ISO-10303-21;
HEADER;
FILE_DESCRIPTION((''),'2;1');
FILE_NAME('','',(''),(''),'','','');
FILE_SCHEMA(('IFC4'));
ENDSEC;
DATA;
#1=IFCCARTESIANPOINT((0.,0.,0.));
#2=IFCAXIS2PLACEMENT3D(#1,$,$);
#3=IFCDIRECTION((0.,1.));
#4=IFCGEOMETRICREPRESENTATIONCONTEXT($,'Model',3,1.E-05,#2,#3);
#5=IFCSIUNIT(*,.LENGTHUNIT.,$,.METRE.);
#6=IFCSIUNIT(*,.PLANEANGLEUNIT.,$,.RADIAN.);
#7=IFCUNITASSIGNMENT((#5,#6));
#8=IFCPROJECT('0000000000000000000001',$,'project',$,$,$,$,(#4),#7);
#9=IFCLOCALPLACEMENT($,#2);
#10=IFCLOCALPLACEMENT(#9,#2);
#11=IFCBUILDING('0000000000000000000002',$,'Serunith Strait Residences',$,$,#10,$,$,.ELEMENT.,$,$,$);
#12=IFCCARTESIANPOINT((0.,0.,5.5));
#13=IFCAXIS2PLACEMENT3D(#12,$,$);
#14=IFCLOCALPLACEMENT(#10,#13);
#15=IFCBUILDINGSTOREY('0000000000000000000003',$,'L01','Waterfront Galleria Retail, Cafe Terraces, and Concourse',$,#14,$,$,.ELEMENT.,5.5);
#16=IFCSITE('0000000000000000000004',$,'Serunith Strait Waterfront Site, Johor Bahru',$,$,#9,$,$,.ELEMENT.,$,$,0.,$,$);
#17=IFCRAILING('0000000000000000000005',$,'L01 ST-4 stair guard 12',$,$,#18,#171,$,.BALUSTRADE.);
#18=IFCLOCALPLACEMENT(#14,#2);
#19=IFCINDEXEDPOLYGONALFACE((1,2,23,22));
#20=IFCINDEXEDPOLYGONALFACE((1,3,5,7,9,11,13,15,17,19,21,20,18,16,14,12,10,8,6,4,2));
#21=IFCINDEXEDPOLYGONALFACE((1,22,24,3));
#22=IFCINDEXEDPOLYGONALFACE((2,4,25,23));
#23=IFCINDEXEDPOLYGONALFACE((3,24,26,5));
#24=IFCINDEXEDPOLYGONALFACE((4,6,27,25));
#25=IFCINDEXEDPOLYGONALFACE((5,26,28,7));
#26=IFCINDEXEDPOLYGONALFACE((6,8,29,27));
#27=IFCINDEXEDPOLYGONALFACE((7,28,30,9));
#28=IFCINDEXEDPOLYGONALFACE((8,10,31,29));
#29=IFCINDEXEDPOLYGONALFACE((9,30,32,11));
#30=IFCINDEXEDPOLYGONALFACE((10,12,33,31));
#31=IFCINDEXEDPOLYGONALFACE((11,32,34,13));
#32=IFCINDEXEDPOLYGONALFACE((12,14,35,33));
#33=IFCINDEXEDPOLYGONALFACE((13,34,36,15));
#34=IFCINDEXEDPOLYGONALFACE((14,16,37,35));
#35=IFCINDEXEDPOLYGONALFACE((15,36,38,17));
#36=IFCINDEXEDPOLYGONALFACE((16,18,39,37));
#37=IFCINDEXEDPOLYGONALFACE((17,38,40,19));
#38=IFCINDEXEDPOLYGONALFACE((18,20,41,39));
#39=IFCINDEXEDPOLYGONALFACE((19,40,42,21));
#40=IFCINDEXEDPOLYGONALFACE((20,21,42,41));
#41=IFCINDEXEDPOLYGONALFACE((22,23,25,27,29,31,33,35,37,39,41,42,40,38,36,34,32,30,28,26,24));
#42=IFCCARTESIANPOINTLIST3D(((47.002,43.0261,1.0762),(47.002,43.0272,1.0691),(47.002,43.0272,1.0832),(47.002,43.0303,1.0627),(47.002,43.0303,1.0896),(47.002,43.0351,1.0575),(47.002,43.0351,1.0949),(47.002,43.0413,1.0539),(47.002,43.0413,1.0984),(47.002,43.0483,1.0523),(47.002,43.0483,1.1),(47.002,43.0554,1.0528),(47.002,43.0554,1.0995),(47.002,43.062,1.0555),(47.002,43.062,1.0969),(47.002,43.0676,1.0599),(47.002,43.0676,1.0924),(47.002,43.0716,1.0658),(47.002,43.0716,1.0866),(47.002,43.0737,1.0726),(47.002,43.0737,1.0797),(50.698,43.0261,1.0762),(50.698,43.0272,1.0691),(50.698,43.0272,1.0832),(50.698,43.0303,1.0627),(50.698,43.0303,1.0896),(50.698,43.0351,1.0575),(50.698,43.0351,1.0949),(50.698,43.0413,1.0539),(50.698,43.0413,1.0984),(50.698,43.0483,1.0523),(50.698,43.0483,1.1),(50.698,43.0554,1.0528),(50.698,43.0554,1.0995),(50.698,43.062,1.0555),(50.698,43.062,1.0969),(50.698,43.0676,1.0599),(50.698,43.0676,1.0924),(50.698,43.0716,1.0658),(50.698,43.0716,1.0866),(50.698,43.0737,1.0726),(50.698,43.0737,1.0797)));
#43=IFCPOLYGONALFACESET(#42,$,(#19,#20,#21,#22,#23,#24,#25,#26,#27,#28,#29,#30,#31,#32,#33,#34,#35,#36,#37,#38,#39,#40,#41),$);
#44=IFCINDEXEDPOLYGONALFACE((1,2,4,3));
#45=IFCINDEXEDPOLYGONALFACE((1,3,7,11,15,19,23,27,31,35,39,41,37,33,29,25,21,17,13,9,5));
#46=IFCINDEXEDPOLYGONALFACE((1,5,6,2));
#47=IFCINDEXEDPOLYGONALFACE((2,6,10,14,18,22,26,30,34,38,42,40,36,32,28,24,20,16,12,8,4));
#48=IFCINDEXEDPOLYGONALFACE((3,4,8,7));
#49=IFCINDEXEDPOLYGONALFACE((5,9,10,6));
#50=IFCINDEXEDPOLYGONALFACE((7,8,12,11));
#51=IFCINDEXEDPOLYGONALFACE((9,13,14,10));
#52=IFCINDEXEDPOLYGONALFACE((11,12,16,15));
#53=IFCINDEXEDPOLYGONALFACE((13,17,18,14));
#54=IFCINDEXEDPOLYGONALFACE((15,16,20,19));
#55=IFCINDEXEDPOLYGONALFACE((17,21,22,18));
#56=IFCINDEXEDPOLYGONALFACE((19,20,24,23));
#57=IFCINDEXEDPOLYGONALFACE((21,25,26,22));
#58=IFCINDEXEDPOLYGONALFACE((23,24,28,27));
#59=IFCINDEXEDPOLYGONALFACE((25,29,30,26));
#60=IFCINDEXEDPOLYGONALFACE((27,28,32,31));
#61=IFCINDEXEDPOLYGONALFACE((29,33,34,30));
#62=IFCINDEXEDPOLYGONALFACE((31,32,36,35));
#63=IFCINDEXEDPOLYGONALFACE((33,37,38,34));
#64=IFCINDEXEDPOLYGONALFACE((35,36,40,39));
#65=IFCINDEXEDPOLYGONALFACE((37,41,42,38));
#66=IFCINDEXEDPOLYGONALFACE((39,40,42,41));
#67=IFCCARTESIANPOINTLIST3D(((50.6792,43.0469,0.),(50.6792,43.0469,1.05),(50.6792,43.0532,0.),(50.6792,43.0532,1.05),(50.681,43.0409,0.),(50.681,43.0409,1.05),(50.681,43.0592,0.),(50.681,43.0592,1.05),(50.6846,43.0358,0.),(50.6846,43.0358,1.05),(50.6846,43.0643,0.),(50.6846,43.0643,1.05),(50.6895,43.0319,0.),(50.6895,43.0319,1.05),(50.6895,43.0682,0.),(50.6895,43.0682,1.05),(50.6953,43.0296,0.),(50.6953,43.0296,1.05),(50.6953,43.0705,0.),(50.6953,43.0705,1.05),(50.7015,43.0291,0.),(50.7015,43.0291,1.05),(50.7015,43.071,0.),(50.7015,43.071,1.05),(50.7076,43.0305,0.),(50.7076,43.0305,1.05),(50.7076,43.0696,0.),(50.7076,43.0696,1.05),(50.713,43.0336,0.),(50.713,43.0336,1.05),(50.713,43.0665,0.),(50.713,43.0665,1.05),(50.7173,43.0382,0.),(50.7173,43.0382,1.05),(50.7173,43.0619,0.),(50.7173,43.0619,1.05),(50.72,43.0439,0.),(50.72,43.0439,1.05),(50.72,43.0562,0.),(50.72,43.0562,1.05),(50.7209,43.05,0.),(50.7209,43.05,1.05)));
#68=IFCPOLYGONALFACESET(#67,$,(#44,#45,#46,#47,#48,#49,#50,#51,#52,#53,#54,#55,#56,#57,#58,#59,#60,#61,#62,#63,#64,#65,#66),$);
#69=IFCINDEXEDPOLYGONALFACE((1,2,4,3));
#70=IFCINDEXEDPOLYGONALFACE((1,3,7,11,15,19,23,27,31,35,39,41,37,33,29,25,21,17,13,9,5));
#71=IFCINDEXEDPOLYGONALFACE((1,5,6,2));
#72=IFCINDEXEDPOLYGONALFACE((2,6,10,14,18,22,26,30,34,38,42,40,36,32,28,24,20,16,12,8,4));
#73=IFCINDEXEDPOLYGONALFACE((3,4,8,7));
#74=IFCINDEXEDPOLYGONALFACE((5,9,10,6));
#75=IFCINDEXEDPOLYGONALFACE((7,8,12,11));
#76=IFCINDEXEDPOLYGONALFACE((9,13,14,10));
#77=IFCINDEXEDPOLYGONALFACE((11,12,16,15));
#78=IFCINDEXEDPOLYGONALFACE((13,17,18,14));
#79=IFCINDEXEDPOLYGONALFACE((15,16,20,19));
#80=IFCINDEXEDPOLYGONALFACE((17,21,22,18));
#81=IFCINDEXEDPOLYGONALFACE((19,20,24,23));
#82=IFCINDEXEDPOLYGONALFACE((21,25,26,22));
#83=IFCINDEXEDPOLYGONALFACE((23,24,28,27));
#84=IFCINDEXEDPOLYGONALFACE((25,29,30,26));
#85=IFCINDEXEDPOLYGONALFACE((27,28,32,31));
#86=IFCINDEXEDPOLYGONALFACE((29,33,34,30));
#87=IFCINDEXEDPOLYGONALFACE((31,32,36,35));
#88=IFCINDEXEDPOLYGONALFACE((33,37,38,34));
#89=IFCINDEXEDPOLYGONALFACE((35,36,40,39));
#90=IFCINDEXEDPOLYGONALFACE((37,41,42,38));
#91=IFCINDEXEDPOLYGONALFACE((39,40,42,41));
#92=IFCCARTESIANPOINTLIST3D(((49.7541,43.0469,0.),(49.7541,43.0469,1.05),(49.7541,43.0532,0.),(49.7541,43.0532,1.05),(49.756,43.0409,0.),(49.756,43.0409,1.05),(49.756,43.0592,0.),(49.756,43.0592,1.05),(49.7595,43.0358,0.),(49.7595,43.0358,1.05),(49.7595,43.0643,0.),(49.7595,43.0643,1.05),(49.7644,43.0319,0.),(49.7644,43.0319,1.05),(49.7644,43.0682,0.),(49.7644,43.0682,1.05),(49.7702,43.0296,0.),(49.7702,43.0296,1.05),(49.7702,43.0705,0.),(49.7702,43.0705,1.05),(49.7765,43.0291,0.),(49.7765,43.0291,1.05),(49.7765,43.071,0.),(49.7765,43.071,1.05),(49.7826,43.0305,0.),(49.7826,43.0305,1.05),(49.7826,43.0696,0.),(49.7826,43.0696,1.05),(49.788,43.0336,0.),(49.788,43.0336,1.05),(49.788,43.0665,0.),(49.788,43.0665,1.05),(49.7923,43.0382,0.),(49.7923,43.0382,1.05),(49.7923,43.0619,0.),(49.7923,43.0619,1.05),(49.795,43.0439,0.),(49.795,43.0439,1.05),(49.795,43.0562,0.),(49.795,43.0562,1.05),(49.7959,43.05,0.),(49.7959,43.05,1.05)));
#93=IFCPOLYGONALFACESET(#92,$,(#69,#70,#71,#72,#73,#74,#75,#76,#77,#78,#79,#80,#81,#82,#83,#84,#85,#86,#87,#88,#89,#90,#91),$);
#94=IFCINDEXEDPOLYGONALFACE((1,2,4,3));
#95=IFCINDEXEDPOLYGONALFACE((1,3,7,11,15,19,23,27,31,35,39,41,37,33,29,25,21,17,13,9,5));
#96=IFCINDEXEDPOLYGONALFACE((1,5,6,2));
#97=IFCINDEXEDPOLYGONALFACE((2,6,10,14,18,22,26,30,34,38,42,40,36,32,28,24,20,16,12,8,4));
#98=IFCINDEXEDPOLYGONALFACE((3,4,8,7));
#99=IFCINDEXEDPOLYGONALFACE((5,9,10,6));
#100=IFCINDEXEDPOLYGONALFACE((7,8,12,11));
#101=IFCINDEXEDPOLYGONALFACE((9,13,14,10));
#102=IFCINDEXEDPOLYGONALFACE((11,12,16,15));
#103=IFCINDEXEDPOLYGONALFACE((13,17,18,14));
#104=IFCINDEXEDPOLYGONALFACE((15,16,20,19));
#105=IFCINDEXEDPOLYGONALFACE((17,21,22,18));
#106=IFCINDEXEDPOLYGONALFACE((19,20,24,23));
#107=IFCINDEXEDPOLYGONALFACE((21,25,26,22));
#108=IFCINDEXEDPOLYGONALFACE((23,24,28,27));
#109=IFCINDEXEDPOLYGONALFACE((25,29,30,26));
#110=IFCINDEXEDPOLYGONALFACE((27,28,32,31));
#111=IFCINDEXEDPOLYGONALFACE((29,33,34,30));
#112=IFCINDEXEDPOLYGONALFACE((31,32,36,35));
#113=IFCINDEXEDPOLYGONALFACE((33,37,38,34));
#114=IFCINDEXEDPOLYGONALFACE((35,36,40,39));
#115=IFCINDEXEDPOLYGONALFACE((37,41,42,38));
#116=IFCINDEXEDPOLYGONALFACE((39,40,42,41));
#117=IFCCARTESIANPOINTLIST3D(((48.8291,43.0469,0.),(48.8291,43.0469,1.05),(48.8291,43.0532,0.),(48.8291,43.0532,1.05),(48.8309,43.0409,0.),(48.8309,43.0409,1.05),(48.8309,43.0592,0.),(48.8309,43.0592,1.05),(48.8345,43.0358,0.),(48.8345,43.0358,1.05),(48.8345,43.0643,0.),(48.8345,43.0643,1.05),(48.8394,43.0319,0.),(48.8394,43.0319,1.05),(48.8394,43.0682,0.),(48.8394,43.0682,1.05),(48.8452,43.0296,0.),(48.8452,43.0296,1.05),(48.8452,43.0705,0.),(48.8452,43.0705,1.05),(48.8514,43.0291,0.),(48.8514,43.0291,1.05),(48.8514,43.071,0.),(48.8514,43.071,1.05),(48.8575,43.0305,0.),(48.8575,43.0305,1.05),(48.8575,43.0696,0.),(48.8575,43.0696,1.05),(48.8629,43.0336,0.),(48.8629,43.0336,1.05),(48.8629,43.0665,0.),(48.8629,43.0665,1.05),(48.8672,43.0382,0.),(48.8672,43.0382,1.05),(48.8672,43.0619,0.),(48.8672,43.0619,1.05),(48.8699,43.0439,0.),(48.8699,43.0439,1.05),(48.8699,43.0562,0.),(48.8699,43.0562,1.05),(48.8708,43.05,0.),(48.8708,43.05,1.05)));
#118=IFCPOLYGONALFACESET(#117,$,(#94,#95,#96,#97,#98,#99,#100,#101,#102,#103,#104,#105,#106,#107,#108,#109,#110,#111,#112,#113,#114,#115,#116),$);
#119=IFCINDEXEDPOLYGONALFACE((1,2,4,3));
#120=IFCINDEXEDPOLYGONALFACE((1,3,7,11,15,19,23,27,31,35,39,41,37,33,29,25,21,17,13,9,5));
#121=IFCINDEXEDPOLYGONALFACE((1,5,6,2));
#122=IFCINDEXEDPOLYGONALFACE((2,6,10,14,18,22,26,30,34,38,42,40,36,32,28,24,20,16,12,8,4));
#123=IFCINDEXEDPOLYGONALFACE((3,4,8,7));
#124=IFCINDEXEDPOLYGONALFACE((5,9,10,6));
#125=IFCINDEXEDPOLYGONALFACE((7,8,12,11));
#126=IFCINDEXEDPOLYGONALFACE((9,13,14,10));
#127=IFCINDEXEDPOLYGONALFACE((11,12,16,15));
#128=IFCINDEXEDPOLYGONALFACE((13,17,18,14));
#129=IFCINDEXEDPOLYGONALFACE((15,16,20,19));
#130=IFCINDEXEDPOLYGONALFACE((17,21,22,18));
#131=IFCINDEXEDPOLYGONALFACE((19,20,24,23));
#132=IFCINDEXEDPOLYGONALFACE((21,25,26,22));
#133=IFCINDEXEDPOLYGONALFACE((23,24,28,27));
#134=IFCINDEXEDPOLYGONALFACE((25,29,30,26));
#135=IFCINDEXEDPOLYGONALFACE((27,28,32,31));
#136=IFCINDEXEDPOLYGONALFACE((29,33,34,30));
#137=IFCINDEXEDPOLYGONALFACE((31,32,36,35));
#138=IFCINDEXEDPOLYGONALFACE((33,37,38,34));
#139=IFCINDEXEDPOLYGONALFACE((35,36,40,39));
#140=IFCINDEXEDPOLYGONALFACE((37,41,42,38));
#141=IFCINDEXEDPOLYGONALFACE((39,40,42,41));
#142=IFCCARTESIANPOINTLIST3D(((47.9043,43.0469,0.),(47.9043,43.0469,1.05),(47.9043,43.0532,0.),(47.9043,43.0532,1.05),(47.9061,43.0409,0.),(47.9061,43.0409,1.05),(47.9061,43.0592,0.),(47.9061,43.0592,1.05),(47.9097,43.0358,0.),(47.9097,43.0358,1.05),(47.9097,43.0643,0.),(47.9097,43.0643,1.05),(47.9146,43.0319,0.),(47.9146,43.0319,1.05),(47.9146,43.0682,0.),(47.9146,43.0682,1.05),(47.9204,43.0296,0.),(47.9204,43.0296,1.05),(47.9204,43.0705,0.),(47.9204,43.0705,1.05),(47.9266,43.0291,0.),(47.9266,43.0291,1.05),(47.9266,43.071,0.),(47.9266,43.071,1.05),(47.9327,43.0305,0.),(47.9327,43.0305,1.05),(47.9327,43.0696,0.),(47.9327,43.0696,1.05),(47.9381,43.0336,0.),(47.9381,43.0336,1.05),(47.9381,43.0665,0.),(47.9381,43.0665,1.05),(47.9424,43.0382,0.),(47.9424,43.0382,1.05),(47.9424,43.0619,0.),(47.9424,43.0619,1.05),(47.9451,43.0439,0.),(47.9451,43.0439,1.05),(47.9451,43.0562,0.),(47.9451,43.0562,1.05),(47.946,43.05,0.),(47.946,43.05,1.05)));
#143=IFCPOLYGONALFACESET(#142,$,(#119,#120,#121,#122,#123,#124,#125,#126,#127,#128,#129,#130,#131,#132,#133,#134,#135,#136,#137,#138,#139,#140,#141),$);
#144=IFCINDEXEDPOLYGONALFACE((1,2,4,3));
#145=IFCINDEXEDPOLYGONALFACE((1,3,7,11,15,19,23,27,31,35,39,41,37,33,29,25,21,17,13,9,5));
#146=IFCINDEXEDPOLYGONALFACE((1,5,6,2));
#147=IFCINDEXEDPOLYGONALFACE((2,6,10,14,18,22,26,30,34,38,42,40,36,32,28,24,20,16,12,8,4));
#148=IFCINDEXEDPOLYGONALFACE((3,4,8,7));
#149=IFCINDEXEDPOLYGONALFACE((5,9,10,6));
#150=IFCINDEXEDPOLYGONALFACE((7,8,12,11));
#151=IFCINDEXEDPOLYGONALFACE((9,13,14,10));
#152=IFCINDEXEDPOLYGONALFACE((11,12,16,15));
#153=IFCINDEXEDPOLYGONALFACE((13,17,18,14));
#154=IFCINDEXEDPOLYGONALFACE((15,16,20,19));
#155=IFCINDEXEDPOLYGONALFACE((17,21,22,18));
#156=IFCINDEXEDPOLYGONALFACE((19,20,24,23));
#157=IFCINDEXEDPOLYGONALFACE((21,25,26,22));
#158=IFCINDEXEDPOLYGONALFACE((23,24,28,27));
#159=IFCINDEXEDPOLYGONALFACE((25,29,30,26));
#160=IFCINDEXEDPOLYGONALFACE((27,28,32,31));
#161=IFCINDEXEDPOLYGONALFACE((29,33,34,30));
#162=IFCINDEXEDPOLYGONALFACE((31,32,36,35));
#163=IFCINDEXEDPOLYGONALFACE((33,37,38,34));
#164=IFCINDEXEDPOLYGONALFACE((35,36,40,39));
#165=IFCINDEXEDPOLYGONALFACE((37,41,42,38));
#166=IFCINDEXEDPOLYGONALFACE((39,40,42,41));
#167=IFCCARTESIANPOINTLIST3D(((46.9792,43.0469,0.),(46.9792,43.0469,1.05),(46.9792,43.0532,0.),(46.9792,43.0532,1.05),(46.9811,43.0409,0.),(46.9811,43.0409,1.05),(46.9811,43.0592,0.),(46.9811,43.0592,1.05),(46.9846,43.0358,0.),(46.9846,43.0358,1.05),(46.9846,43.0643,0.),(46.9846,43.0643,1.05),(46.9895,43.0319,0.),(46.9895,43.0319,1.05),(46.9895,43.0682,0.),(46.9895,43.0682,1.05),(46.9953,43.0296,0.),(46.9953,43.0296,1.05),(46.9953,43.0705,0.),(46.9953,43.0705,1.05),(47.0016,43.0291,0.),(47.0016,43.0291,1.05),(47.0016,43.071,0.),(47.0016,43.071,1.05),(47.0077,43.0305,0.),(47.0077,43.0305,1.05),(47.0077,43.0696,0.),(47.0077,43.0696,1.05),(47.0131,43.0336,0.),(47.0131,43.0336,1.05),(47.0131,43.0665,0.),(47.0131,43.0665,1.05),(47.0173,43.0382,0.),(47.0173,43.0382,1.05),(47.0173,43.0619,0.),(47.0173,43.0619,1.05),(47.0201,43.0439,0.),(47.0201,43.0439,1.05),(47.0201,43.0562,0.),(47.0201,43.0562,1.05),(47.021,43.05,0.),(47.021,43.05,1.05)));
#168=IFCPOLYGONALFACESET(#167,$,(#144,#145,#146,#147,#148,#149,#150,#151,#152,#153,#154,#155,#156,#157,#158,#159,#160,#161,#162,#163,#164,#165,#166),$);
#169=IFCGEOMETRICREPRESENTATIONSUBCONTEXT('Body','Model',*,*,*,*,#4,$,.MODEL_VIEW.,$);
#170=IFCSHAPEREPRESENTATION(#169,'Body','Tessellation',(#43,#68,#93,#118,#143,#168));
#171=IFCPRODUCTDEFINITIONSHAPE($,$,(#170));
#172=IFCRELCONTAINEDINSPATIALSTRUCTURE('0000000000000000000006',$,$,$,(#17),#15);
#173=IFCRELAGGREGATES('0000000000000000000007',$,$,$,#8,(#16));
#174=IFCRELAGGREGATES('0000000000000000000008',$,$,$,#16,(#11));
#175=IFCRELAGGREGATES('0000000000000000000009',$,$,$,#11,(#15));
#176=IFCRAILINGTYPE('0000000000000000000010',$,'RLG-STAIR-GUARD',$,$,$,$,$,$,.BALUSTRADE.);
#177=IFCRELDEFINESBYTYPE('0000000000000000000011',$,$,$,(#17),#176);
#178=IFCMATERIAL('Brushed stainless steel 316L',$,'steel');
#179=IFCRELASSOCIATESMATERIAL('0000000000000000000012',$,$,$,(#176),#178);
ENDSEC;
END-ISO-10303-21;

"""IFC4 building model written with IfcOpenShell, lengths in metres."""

from ifc_helpers import new_model, si_unit, direction, frame, origin, origin_2d, place, context, subcontext, project, spatial, circle, extrude, material, type_object, element, save


model = new_model("IFC4")

# Units and contexts
model_context = context("Model", 3, precision=1e-05, world=origin(), true_north=direction((0.0, 1.0)))
body_context = subcontext(model_context, "Body", "Model", "MODEL_VIEW")
ifc_project = project(units=[si_unit("LENGTHUNIT", "METRE"), si_unit("PLANEANGLEUNIT", "RADIAN")], contexts=[model_context])

# Site, building, storey
site_placement = place(None, origin())
site = spatial("IfcSite", under=ifc_project, at=site_placement, Name="Serunith Strait Waterfront Site, Johor Bahru", CompositionType="ELEMENT", RefElevation=0.0)
building_placement = place(site_placement, origin())
building = spatial("IfcBuilding", under=site, at=building_placement, Name="Serunith Strait Residences", CompositionType="ELEMENT")
storey_placement = place(building_placement, frame((0.0, 0.0, 5.5)))
storey = spatial("IfcBuildingStorey", under=building, at=storey_placement, Name="L01", Description="Waterfront Galleria Retail, Cafe Terraces, and Concourse", CompositionType="ELEMENT", Elevation=5.5)

# Railing
ifc_material_1 = material(Name="Brushed stainless steel 316L", Category="steel")
railing_type_1 = type_object("IfcRailingType", Name="RLG-STAIR-GUARD", PredefinedType="BALUSTRADE", material=ifc_material_1)
railing_1_placement = place(storey_placement, frame((50.7, 43.05, 0.0)))
element("IfcRailing", 1, at=railing_1_placement, inside=storey, type_object=railing_type_1, Name="L01 ST-4 stair guard 12", PredefinedType="BALUSTRADE", context=body_context, shape_type="SweptSolid", body=[
    extrude(circle(Radius=0.0239, at=origin_2d()), frame((-0.002, 0.0, 1.0762), z_axis=(-1.0, 0.0, 0.0), x_axis=(0.0, -1.0, 0.0)), (0.0, 0.0, 1.0), 3.696),
    extrude(circle(Radius=0.021, at=origin_2d()), origin(), (0.0, 0.0, 1.0), 1.05),
    extrude(circle(Radius=0.021, at=origin_2d()), frame((-0.925, 0.0, 0.0)), (0.0, 0.0, 1.0), 1.05),
    extrude(circle(Radius=0.021, at=origin_2d()), frame((-1.8501, 0.0, 0.0)), (0.0, 0.0, 1.0), 1.05),
    extrude(circle(Radius=0.021, at=origin_2d()), frame((-2.7749, 0.0, 0.0)), (0.0, 0.0, 1.0), 1.05),
    extrude(circle(Radius=0.021, at=origin_2d()), frame((-3.7, 0.0, 0.0)), (0.0, 0.0, 1.0), 1.05),
])

save(model, "model.ifc")
